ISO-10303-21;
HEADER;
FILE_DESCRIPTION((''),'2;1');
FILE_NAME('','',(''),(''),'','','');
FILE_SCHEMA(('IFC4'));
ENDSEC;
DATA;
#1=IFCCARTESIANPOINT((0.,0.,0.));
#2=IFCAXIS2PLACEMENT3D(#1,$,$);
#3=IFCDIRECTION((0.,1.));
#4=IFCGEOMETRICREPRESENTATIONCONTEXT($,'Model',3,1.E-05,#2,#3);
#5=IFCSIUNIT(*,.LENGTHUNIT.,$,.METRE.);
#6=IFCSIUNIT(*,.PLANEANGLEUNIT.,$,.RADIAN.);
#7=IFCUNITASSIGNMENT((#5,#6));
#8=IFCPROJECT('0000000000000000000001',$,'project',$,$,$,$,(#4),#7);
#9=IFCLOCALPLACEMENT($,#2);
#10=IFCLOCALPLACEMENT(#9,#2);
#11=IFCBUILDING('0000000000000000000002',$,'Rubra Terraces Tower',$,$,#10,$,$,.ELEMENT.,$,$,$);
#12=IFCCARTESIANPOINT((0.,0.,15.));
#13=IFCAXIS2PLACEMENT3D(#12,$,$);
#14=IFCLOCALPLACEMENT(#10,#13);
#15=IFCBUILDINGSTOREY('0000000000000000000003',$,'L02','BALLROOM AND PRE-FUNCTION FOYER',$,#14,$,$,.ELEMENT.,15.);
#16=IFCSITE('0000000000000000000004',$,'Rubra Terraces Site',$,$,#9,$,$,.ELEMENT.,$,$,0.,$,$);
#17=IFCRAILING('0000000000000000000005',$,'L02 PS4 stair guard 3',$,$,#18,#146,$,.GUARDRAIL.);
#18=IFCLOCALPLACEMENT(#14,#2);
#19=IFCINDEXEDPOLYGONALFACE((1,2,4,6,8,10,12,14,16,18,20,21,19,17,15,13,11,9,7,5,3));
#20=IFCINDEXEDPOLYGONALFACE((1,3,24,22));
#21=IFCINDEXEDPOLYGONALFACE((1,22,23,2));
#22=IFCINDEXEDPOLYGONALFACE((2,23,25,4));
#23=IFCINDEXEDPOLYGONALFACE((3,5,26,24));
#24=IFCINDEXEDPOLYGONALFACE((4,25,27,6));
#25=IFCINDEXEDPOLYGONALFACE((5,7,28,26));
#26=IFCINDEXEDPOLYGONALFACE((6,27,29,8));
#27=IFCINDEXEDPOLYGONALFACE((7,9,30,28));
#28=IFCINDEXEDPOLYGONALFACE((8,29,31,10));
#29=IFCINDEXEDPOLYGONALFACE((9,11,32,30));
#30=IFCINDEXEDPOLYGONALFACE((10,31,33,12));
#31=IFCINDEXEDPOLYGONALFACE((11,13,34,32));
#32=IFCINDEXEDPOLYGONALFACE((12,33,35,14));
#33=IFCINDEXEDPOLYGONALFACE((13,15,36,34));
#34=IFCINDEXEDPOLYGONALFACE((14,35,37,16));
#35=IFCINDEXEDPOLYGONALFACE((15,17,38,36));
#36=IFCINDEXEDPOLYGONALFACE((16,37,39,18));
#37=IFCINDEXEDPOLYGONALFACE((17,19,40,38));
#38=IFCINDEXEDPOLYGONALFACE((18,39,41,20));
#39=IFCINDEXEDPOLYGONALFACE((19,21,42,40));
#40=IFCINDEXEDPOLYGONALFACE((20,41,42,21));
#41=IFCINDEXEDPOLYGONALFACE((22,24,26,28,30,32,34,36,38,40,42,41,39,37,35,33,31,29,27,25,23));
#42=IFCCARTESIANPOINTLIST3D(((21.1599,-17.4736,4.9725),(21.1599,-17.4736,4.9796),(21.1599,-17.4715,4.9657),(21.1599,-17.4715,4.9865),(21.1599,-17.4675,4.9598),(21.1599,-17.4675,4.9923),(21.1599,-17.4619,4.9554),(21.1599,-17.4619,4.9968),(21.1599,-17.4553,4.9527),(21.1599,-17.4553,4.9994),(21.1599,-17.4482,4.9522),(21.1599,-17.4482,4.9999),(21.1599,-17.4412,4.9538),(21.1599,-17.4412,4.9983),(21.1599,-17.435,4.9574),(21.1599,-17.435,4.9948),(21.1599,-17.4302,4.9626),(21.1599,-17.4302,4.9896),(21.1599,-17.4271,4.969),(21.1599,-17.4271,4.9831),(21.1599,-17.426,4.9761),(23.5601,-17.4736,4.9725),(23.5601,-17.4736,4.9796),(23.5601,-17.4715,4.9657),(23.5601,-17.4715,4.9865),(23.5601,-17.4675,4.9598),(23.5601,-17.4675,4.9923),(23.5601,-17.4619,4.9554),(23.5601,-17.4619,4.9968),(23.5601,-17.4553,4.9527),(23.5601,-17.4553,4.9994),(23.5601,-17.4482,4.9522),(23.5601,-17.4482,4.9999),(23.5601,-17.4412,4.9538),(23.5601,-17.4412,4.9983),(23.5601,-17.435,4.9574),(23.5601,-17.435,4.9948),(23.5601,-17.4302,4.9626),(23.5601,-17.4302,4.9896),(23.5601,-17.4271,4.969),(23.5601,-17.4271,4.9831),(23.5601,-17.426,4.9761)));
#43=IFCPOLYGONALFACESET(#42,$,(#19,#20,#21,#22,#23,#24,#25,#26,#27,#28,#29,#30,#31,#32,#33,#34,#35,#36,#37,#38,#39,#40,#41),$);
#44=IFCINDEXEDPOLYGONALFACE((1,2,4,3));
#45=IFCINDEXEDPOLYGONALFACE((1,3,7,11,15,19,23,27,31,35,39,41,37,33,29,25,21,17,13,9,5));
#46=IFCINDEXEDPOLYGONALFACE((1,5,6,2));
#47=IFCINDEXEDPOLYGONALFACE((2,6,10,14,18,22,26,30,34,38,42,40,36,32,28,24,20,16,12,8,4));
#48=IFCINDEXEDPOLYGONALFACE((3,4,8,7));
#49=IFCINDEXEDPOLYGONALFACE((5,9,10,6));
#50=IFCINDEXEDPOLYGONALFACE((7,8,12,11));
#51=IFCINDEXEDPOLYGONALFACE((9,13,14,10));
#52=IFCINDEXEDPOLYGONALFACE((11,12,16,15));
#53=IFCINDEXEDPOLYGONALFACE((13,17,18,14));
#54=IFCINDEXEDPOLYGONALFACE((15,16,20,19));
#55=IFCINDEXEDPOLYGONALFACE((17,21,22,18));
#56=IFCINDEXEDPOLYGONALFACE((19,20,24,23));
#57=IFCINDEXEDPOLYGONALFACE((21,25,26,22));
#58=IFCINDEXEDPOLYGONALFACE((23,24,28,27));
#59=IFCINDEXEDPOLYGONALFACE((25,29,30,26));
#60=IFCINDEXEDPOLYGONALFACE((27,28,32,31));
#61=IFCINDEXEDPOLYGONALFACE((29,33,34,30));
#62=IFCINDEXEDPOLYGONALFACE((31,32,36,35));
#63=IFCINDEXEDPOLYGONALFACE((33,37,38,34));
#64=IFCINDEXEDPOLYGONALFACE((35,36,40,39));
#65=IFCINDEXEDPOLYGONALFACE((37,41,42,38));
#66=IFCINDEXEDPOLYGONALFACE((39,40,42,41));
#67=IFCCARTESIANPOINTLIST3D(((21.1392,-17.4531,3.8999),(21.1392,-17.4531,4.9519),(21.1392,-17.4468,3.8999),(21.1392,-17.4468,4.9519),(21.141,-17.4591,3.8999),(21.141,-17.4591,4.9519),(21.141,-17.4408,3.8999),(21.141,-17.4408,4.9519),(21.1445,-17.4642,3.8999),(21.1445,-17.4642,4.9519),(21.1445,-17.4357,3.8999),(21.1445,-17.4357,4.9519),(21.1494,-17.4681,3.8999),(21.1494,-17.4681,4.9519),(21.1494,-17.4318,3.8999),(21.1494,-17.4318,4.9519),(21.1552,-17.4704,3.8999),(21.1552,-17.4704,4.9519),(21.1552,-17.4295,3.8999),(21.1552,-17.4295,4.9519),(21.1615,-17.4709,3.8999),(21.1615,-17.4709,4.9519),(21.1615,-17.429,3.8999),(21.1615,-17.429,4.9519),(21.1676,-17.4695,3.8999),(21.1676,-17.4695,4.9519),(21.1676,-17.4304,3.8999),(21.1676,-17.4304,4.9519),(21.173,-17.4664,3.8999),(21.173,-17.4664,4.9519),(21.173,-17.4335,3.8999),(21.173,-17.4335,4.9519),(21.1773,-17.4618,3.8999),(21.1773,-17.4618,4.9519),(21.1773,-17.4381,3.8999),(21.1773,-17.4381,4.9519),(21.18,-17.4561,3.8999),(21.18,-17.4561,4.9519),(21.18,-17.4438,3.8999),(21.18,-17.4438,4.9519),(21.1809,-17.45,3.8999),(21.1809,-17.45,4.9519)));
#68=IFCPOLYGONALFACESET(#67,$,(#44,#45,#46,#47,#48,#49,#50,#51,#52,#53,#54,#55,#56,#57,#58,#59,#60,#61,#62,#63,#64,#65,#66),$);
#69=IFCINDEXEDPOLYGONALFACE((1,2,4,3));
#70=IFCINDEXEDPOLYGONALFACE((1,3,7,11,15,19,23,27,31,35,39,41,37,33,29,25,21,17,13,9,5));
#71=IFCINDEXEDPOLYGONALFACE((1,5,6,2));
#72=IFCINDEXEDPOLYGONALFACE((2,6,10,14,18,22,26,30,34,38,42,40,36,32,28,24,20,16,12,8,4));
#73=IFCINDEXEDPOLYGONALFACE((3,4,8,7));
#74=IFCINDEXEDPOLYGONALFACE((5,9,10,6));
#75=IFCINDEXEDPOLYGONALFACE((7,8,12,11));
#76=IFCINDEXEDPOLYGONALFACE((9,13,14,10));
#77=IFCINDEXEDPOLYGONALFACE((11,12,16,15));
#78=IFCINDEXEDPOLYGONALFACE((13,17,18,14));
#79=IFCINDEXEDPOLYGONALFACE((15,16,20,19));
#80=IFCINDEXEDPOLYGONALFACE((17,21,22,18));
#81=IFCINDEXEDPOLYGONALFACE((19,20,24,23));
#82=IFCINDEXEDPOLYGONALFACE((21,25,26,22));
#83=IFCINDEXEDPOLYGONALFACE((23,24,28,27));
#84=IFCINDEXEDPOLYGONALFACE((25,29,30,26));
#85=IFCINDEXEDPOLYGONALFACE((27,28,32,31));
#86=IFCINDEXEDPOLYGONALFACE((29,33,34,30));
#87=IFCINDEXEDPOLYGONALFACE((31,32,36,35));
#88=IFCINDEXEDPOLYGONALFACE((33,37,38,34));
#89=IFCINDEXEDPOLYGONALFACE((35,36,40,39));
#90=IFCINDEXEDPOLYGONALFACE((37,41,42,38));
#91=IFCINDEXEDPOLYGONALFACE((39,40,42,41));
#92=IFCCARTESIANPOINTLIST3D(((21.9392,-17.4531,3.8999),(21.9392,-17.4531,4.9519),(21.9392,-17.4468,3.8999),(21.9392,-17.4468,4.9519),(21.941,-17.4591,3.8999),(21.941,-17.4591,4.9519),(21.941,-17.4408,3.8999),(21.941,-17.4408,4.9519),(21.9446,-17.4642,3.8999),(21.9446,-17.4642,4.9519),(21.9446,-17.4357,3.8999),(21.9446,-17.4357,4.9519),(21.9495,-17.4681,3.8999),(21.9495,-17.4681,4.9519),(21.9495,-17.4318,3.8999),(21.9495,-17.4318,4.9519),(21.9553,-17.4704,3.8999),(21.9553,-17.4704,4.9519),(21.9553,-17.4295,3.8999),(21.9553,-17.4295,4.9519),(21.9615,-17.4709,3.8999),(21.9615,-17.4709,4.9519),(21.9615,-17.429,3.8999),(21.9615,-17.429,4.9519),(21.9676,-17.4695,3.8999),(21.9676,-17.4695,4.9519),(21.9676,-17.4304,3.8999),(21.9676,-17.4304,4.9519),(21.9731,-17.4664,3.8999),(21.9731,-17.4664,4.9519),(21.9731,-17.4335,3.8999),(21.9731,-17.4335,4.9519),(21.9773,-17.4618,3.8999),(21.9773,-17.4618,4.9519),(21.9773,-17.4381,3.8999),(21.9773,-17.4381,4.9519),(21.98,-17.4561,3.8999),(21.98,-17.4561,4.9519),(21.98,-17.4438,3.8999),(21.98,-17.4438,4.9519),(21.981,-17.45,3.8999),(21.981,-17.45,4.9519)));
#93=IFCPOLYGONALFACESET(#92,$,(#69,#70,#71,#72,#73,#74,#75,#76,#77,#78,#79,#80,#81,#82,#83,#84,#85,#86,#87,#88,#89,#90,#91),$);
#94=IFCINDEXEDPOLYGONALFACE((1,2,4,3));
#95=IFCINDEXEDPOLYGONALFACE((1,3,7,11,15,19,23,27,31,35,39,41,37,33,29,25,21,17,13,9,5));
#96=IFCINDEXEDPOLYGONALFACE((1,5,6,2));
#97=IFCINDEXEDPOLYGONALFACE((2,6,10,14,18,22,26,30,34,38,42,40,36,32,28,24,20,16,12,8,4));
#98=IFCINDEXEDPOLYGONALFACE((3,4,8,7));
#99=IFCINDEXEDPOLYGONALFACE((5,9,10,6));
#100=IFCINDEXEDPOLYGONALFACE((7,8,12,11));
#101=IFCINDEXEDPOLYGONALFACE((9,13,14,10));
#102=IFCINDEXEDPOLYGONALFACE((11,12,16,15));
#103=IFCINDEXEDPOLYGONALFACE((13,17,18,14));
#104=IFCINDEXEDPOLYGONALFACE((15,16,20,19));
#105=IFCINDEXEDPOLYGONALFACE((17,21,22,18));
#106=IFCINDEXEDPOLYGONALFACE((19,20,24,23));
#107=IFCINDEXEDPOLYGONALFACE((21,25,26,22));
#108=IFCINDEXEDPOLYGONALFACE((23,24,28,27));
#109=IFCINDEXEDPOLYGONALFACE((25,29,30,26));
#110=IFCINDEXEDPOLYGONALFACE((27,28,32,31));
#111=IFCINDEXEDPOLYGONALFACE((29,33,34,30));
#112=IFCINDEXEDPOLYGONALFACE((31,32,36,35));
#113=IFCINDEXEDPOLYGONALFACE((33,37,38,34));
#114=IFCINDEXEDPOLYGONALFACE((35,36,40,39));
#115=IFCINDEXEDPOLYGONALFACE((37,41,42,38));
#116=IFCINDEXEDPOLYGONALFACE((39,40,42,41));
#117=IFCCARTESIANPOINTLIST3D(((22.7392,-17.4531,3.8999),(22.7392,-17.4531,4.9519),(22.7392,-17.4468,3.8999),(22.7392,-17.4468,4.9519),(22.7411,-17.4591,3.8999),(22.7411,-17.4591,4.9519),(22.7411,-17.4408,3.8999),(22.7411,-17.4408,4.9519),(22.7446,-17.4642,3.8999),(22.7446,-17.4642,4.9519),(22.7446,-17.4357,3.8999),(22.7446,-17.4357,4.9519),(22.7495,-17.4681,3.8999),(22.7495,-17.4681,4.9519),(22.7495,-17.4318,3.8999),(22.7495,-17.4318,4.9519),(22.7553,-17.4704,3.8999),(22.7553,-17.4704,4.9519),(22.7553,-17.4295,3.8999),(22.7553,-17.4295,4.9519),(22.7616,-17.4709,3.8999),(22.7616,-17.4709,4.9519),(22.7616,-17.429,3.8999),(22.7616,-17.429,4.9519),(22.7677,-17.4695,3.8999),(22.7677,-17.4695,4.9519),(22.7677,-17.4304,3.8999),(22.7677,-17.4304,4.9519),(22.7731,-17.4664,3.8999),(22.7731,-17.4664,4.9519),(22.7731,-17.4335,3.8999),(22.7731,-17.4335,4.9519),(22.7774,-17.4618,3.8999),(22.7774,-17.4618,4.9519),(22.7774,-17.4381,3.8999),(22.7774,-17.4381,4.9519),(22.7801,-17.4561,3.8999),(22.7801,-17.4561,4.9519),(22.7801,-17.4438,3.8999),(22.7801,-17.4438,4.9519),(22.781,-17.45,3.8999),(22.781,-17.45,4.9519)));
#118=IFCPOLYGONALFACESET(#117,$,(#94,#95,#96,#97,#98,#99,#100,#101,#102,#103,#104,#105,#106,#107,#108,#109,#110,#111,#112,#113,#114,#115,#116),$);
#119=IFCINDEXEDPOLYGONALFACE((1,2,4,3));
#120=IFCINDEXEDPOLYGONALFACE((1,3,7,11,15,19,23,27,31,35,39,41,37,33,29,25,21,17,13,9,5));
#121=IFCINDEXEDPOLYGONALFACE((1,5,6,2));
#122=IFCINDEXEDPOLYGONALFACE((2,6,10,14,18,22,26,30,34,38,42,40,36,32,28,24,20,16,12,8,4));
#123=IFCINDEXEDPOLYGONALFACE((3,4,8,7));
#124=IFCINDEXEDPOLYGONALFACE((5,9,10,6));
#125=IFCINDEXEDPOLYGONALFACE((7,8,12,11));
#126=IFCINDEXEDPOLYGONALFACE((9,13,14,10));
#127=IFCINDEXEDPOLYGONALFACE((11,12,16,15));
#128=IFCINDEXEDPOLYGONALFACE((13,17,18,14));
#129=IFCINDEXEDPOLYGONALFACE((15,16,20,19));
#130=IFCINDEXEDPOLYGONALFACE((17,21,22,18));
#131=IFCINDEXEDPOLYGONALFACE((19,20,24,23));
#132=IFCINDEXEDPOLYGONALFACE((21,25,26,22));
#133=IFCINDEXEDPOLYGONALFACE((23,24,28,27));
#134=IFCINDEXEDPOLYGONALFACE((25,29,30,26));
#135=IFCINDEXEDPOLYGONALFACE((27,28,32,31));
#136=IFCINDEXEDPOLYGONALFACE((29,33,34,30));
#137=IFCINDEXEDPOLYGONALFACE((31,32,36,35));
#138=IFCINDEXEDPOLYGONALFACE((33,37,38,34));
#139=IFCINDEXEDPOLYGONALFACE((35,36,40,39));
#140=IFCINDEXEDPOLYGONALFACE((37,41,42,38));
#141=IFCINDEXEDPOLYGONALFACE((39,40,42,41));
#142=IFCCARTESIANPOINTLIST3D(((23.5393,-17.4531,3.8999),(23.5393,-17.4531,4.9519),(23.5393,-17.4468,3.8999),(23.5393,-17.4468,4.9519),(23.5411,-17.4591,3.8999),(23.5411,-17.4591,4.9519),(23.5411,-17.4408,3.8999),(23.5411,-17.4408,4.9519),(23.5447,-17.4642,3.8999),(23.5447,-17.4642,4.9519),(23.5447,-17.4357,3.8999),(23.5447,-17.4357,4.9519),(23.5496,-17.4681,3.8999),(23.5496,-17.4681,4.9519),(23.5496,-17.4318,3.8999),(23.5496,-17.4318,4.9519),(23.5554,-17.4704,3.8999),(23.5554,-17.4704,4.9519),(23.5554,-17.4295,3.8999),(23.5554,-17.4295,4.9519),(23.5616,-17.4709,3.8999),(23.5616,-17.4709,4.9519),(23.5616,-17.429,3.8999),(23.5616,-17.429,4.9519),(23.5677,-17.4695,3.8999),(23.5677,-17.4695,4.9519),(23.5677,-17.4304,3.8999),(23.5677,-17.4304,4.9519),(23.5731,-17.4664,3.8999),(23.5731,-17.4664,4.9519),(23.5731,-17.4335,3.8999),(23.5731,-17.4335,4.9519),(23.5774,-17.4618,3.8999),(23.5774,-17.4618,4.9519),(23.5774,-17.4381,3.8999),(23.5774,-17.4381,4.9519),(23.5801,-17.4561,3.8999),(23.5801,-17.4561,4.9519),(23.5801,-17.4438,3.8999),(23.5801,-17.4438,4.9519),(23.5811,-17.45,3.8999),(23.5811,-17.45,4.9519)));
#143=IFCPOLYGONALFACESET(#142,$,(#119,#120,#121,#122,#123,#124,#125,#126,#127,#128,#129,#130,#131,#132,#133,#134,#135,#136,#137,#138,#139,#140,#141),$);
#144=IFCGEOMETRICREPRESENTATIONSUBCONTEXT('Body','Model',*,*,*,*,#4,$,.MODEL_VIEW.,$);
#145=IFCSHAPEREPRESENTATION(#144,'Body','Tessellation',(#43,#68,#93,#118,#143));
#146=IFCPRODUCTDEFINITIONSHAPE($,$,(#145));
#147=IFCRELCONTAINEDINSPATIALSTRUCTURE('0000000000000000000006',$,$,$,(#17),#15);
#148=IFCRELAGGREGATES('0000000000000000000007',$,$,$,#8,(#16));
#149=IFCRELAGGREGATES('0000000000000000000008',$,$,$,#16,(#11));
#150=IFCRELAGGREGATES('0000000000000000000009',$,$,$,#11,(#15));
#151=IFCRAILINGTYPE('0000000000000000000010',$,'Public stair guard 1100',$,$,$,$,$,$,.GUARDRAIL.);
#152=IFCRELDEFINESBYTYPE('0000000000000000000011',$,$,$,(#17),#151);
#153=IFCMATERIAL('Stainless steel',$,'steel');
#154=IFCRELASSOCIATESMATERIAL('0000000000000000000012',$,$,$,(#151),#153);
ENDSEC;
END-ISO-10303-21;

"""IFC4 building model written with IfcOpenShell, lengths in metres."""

from ifc_helpers import new_model, si_unit, direction, frame, origin, origin_2d, place, context, subcontext, project, spatial, circle, extrude, material, type_object, element, save


model = new_model("IFC4")

# Units and contexts
model_context = context("Model", 3, precision=1e-05, world=origin(), true_north=direction((0.0, 1.0)))
body_context = subcontext(model_context, "Body", "Model", "MODEL_VIEW")
ifc_project = project(units=[si_unit("LENGTHUNIT", "METRE"), si_unit("PLANEANGLEUNIT", "RADIAN")], contexts=[model_context])

# Site, building, storey
site_placement = place(None, origin())
site = spatial("IfcSite", under=ifc_project, at=site_placement, Name="Rubra Terraces Site", CompositionType="ELEMENT", RefElevation=0.0)
building_placement = place(site_placement, origin())
building = spatial("IfcBuilding", under=site, at=building_placement, Name="Rubra Terraces Tower", CompositionType="ELEMENT")
storey_placement = place(building_placement, frame((0.0, 0.0, 15.0)))
storey = spatial("IfcBuildingStorey", under=building, at=storey_placement, Name="L02", Description="BALLROOM AND PRE-FUNCTION FOYER", CompositionType="ELEMENT", Elevation=15.0)

# Railing
ifc_material_1 = material(Name="Stainless steel", Category="steel")
railing_type = type_object("IfcRailingType", Name="Public stair guard 1100", PredefinedType="GUARDRAIL", material=ifc_material_1)
railing_1_placement = place(storey_placement, frame((21.1599, -17.45, 3.8999)))
element("IfcRailing", 1, at=railing_1_placement, inside=storey, type_object=railing_type, Name="L02 PS4 stair guard 3", PredefinedType="GUARDRAIL", context=body_context, shape_type="SweptSolid", body=[
    extrude(circle(Radius=0.0239, at=origin_2d()), frame((0.0, 0.0, 1.0762), z_axis=(1.0, 0.0, 0.0), x_axis=(0.0, 1.0, 0.0)), (0.0, 0.0, 1.0), 2.4001),
    extrude(circle(Radius=0.021, at=origin_2d()), origin(), (0.0, 0.0, 1.0), 1.052),
    extrude(circle(Radius=0.021, at=origin_2d()), frame((0.8, 0.0, 0.0)), (0.0, 0.0, 1.0), 1.052),
    extrude(circle(Radius=0.021, at=origin_2d()), frame((1.6001, 0.0, 0.0)), (0.0, 0.0, 1.0), 1.052),
    extrude(circle(Radius=0.021, at=origin_2d()), frame((2.4001, 0.0, 0.0)), (0.0, 0.0, 1.0), 1.052),
])

save(model, "model.ifc")
